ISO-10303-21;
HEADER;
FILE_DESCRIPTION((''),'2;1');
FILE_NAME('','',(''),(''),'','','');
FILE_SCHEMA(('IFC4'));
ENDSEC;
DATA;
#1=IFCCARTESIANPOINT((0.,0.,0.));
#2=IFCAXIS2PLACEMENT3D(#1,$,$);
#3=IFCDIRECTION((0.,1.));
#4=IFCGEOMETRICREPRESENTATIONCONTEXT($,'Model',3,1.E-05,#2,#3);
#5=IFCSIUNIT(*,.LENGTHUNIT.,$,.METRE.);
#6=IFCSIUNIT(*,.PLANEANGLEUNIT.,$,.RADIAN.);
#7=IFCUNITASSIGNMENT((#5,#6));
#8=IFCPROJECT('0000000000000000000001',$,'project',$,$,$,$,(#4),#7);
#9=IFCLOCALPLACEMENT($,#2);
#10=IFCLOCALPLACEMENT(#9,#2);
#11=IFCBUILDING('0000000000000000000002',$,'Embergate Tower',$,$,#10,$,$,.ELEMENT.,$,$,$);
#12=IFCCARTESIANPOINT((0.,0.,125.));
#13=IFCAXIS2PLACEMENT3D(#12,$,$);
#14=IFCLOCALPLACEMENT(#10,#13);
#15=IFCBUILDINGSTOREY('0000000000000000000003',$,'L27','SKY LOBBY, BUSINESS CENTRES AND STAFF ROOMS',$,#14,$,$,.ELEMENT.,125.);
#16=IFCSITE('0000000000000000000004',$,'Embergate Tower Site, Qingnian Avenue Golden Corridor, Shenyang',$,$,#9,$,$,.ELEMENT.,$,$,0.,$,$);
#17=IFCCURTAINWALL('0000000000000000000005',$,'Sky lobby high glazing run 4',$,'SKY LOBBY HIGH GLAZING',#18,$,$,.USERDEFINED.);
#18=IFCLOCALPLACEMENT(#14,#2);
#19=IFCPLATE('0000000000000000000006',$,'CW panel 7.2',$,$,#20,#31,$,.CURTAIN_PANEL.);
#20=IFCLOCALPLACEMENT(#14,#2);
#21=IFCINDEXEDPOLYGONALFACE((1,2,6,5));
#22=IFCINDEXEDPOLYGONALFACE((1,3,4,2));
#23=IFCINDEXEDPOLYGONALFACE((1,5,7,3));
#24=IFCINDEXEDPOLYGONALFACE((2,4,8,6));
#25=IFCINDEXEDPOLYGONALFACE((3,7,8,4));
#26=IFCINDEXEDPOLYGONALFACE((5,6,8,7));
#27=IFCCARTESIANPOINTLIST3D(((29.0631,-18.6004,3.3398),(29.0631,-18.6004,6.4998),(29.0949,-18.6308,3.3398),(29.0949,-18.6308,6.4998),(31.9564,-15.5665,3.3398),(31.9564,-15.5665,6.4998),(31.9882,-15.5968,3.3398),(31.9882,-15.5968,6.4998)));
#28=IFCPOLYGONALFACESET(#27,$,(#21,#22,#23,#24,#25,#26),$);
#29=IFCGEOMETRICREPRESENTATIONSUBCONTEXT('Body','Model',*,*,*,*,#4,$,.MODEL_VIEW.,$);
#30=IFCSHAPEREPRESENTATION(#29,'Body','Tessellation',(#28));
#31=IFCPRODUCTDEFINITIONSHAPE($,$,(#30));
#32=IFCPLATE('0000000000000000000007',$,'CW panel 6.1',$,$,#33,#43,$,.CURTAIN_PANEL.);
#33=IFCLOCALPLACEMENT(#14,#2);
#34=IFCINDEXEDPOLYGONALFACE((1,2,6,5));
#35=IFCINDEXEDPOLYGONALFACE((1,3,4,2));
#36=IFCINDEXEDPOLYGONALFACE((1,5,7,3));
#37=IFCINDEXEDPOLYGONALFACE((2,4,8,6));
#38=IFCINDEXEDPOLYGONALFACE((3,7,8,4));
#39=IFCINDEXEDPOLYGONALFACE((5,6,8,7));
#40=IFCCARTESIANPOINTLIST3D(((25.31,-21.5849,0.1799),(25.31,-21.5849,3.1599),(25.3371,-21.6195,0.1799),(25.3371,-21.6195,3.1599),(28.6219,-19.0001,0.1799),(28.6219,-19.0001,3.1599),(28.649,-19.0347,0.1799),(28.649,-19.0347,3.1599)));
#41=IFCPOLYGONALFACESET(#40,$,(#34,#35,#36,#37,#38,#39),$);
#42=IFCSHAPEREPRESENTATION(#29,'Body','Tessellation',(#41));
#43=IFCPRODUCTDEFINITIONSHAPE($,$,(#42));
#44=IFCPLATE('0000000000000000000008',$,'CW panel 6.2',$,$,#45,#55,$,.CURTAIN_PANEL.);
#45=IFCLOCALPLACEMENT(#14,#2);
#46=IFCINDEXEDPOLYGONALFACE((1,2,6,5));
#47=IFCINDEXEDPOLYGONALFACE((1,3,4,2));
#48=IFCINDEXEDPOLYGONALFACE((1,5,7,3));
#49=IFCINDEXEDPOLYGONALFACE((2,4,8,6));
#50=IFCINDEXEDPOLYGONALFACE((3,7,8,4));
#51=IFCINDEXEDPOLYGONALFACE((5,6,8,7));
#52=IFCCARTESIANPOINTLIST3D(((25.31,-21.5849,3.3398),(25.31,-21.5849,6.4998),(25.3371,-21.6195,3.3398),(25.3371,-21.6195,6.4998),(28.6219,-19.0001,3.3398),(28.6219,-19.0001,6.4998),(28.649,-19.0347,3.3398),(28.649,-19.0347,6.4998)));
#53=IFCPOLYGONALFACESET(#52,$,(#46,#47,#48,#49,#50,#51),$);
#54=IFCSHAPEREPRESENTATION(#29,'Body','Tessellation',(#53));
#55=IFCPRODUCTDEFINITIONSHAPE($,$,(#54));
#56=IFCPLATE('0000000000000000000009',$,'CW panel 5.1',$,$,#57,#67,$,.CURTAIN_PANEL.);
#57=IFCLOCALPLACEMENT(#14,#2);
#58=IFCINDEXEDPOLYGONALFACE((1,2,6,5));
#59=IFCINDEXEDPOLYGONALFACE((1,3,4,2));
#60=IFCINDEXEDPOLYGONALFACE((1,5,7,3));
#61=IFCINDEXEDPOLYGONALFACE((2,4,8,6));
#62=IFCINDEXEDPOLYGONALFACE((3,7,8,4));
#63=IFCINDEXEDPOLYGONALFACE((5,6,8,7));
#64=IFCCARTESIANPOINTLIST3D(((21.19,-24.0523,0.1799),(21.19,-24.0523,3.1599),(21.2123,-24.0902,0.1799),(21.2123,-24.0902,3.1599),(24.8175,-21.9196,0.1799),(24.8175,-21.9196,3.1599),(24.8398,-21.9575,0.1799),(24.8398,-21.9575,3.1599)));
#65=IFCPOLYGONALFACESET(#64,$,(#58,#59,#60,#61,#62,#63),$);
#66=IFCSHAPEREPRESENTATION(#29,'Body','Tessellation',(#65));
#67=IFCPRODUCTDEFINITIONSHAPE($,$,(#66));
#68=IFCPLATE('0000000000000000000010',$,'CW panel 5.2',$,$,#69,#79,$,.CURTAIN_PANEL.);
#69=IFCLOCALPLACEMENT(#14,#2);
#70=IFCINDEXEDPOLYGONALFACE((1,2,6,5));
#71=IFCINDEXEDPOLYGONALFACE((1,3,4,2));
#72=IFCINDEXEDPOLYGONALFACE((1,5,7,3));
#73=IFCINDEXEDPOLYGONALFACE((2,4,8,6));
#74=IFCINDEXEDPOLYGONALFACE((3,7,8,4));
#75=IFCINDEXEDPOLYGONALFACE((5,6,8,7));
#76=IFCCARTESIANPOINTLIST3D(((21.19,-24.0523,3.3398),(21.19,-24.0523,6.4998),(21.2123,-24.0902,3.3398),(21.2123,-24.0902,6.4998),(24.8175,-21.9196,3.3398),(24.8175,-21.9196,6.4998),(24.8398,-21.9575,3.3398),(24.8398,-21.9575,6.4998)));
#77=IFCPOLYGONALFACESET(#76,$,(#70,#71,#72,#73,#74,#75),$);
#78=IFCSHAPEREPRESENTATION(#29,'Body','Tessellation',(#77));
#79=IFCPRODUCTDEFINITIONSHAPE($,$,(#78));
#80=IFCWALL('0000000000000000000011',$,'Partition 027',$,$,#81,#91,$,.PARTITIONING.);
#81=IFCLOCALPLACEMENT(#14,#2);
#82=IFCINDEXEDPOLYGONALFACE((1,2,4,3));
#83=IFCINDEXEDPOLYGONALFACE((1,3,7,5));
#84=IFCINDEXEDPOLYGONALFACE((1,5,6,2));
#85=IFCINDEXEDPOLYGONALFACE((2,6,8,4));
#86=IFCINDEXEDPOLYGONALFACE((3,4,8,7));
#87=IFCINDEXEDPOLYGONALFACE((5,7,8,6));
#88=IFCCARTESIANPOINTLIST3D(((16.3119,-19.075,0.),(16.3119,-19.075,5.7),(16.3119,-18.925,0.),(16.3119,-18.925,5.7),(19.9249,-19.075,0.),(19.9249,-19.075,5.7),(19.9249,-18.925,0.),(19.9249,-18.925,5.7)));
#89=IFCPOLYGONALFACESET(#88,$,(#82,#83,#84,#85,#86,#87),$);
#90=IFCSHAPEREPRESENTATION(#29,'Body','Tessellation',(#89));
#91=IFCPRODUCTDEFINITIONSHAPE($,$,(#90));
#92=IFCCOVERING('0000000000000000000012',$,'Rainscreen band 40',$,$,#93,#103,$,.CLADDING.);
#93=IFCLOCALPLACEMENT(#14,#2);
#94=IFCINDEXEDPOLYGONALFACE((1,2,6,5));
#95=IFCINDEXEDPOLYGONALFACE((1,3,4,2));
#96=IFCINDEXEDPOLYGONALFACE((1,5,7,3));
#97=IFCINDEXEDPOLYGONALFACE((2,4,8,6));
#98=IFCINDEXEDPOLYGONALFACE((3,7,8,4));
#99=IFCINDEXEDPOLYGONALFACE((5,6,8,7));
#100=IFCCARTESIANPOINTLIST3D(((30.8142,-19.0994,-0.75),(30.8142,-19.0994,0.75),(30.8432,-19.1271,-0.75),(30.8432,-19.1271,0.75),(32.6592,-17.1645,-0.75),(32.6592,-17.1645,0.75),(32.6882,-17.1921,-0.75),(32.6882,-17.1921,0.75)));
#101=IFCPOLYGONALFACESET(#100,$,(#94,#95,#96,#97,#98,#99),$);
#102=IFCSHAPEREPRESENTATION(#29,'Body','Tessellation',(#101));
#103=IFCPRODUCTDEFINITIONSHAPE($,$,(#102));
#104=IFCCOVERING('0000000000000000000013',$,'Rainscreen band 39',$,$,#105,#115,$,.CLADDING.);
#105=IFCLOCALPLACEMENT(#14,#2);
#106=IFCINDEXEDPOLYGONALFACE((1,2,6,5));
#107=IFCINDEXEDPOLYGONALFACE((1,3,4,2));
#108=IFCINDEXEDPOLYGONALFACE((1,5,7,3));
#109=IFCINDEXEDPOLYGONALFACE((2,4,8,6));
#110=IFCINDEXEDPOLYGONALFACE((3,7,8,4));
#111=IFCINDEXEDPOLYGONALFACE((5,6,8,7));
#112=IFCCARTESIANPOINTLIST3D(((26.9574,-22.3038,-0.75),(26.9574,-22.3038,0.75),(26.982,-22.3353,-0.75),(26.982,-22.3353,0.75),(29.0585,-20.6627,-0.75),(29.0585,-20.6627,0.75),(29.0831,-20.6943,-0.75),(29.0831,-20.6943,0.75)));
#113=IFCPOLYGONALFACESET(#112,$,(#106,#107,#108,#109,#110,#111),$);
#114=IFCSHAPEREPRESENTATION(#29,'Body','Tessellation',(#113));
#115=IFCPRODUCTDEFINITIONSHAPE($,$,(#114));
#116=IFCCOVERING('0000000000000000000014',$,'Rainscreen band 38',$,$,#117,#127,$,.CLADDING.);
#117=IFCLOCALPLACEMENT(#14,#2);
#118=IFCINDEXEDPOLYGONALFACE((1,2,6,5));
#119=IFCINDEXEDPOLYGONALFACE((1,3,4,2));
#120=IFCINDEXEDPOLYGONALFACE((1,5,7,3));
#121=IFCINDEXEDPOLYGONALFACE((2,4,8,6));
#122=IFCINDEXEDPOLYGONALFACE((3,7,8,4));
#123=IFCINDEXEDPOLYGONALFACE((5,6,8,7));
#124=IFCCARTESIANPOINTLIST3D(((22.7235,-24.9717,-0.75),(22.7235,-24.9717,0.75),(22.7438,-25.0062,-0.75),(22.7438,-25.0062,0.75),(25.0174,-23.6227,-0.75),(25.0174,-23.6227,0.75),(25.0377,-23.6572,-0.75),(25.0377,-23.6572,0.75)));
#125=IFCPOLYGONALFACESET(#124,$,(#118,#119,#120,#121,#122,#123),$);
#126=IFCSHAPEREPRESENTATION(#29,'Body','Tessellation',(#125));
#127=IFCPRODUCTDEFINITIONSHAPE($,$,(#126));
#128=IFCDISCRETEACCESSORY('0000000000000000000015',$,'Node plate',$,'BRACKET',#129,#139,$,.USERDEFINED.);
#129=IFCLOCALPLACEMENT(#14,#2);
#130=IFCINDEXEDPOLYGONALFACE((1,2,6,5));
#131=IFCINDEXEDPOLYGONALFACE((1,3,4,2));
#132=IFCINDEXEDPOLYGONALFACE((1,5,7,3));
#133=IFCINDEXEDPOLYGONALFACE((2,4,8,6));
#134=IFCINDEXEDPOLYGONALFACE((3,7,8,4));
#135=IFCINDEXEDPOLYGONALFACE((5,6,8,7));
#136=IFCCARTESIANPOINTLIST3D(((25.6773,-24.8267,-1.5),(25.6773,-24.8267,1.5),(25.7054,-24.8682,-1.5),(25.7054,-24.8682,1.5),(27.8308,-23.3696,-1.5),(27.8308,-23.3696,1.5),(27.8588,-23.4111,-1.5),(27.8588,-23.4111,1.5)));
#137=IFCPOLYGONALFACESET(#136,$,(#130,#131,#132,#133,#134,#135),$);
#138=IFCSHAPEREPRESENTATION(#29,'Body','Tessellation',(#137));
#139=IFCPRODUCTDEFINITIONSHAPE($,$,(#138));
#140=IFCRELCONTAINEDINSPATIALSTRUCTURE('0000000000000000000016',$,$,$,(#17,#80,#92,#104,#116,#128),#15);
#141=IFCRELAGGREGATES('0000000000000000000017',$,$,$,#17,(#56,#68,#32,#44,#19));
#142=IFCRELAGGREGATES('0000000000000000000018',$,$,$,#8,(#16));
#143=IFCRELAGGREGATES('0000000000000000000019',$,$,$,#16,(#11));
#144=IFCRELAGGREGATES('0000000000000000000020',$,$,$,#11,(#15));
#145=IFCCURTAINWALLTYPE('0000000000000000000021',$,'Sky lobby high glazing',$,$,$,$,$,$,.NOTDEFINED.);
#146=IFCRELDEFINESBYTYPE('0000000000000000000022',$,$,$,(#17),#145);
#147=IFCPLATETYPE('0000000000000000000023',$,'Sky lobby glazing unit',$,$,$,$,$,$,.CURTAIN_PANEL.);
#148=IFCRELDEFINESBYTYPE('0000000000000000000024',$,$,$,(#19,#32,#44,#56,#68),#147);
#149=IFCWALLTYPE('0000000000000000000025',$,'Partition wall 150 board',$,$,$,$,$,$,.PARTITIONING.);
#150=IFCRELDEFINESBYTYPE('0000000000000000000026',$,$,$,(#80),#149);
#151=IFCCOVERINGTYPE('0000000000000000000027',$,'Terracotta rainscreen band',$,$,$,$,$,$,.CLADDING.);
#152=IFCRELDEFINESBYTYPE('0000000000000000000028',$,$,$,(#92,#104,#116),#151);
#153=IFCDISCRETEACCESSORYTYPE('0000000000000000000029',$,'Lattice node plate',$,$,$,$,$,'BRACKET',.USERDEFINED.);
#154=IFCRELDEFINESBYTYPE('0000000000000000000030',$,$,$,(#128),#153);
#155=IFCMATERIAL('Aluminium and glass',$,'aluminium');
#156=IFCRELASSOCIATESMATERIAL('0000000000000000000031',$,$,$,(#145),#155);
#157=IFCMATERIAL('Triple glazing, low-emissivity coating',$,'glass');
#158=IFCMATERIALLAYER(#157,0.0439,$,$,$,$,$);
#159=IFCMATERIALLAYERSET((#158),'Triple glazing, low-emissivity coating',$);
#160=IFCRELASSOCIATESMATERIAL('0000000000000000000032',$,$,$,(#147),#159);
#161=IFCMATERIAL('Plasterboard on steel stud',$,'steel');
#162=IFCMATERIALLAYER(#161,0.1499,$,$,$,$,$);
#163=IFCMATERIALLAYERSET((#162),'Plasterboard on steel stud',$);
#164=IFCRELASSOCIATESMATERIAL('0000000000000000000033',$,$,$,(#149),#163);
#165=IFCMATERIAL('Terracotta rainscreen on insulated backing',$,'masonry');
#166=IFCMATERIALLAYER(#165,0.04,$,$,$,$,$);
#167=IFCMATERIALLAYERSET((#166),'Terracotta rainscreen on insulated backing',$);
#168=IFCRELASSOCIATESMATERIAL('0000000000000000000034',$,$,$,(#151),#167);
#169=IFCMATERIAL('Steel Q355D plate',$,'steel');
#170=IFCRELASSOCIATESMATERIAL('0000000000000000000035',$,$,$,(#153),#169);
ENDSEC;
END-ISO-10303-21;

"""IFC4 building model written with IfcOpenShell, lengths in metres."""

from ifc_helpers import new_model, si_unit, direction, frame, frame_2d, origin, origin_2d, place, context, subcontext, project, spatial, rectangle, extrude, source, transform, mapped, material, layer, layer_set, type_object, element, aggregate, save


model = new_model("IFC4")

# Units and contexts
model_context = context("Model", 3, precision=1e-05, world=origin(), true_north=direction((0.0, 1.0)))
body_context = subcontext(model_context, "Body", "Model", "MODEL_VIEW")
ifc_project = project(units=[si_unit("LENGTHUNIT", "METRE"), si_unit("PLANEANGLEUNIT", "RADIAN")], contexts=[model_context])

# Site, building, storey
site_placement = place(None, origin())
site = spatial("IfcSite", under=ifc_project, at=site_placement, Name="Embergate Tower Site, Qingnian Avenue Golden Corridor, Shenyang", CompositionType="ELEMENT", RefElevation=0.0)
building_placement = place(site_placement, origin())
building = spatial("IfcBuilding", under=site, at=building_placement, Name="Embergate Tower", CompositionType="ELEMENT")
storey_placement = place(building_placement, frame((0.0, 0.0, 125.0)))
storey = spatial("IfcBuildingStorey", under=building, at=storey_placement, Name="L27", Description="SKY LOBBY, BUSINESS CENTRES AND STAFF ROOMS", CompositionType="ELEMENT", Elevation=125.0)

# Curtain wall, plates
ifc_material_1 = material(Name="Aluminium and glass", Category="aluminium")
curtain_wall_type = type_object("IfcCurtainWallType", Name="Sky lobby high glazing", PredefinedType="NOTDEFINED", material=ifc_material_1)
curtain_wall_placement = place(storey_placement, origin())
curtain_wall = element("IfcCurtainWall", 1, at=curtain_wall_placement, inside=storey, type_object=curtain_wall_type, Name="Sky lobby high glazing run 4", ObjectType="SKY LOBBY HIGH GLAZING", PredefinedType="USERDEFINED")
ifc_material_2 = material(Name="Triple glazing, low-emissivity coating", Category="glass")
ifc_layer_1 = layer(ifc_material_2, 0.0439)
ifc_layer_set_1 = layer_set([ifc_layer_1], Name="Triple glazing, low-emissivity coating")
plate_type = type_object("IfcPlateType", Name="Sky lobby glazing unit", PredefinedType="CURTAIN_PANEL", material=ifc_layer_set_1)
shared_shape_1 = source(origin(), body_context, "Body", "SweptSolid", [
    extrude(rectangle(XDim=4.1924, YDim=0.0439, at=origin_2d()), origin(), (0.0, 0.0, 1.0), 3.1599),
])
plate_1_placement = place(storey_placement, frame((30.5256, -17.0986, 3.3398), z_axis=(0.0, 0.0, 1.0), x_axis=(0.690139, 0.723677, 0.0)))
plate_1 = element("IfcPlate", 2, at=plate_1_placement, type_object=plate_type, Name="CW panel 7.2", PredefinedType="CURTAIN_PANEL", context=body_context, shape_type="MappedRepresentation", body=[
    mapped(shared_shape_1, transform((0.0, 0.0, 0.0))),
])
shared_shape_2 = source(origin(), body_context, "Body", "SweptSolid", [
    extrude(rectangle(XDim=4.2012, YDim=0.0439, at=origin_2d()), origin(), (0.0, 0.0, 1.0), 2.98),
])
plate_2_placement = place(storey_placement, frame((26.9795, -20.3098, 0.1799), z_axis=(0.0, 0.0, 1.0), x_axis=(0.788323, 0.615261, 0.0)))
plate_2 = element("IfcPlate", 3, at=plate_2_placement, type_object=plate_type, Name="CW panel 6.1", PredefinedType="CURTAIN_PANEL", context=body_context, shape_type="MappedRepresentation", body=[
    mapped(shared_shape_2, transform((0.0, 0.0, 0.0))),
])
shared_shape_3 = source(origin(), body_context, "Body", "SweptSolid", [
    extrude(rectangle(XDim=4.2012, YDim=0.0439, at=origin_2d()), origin(), (0.0, 0.0, 1.0), 3.1599),
])
plate_3_placement = place(storey_placement, frame((26.9795, -20.3098, 3.3398), z_axis=(0.0, 0.0, 1.0), x_axis=(0.788323, 0.615261, 0.0)))
plate_3 = element("IfcPlate", 4, at=plate_3_placement, type_object=plate_type, Name="CW panel 6.2", PredefinedType="CURTAIN_PANEL", context=body_context, shape_type="MappedRepresentation", body=[
    mapped(shared_shape_3, transform((0.0, 0.0, 0.0))),
])
shared_shape_4 = source(origin(), body_context, "Body", "SweptSolid", [
    extrude(rectangle(XDim=4.208, YDim=0.0439, at=origin_2d()), origin(), (0.0, 0.0, 1.0), 2.98),
])
plate_4_placement = place(storey_placement, frame((23.0149, -23.0049, 0.1799), z_axis=(0.0, 0.0, 1.0), x_axis=(0.862055, 0.506815, 0.0)))
plate_4 = element("IfcPlate", 5, at=plate_4_placement, type_object=plate_type, Name="CW panel 5.1", PredefinedType="CURTAIN_PANEL", context=body_context, shape_type="MappedRepresentation", body=[
    mapped(shared_shape_4, transform((0.0, 0.0, 0.0))),
])
shared_shape_5 = source(origin(), body_context, "Body", "SweptSolid", [
    extrude(rectangle(XDim=4.208, YDim=0.0439, at=origin_2d()), origin(), (0.0, 0.0, 1.0), 3.1599),
])
plate_5_placement = place(storey_placement, frame((23.0149, -23.0049, 3.3398), z_axis=(0.0, 0.0, 1.0), x_axis=(0.862055, 0.506815, 0.0)))
plate_5 = element("IfcPlate", 6, at=plate_5_placement, type_object=plate_type, Name="CW panel 5.2", PredefinedType="CURTAIN_PANEL", context=body_context, shape_type="MappedRepresentation", body=[
    mapped(shared_shape_5, transform((0.0, 0.0, 0.0))),
])
aggregate(curtain_wall, [plate_4, plate_5, plate_2, plate_3, plate_1])

# Wall
ifc_material_3 = material(Name="Plasterboard on steel stud", Category="steel")
ifc_layer_2 = layer(ifc_material_3, 0.1499)
ifc_layer_set_2 = layer_set([ifc_layer_2], Name="Plasterboard on steel stud")
wall_type = type_object("IfcWallType", Name="Partition wall 150 board", PredefinedType="PARTITIONING", material=ifc_layer_set_2)
shared_shape_6 = source(origin(), body_context, "Body", "SweptSolid", [
    extrude(rectangle(XDim=3.613, YDim=0.1499, at=frame_2d((1.8066, 0.0))), origin(), (0.0, 0.0, 1.0), 5.7),
])
wall_placement = place(storey_placement, frame((19.925, -19.0, 0.0), z_axis=(0.0, 0.0, 1.0), x_axis=(-1.0, 0.0, 0.0)))
element("IfcWall", 7, at=wall_placement, inside=storey, type_object=wall_type, Name="Partition 027", PredefinedType="PARTITIONING", context=body_context, shape_type="MappedRepresentation", body=[
    mapped(shared_shape_6, transform((0.0, 0.0, 0.0))),
])

# Coverings
ifc_material_4 = material(Name="Terracotta rainscreen on insulated backing", Category="masonry")
ifc_layer_3 = layer(ifc_material_4, 0.04)
ifc_layer_set_3 = layer_set([ifc_layer_3], Name="Terracotta rainscreen on insulated backing")
covering_type = type_object("IfcCoveringType", Name="Terracotta rainscreen band", PredefinedType="CLADDING", material=ifc_layer_set_3)
shared_shape_7 = source(origin(), body_context, "Body", "SweptSolid", [
    extrude(rectangle(XDim=2.6736, YDim=0.04, at=origin_2d()), origin(), (0.0, 0.0, 1.0), 1.5),
])
covering_1_placement = place(storey_placement, frame((31.7512, -18.1458, -0.75), z_axis=(0.0, 0.0, 1.0), x_axis=(0.690076, 0.723737, 0.0)))
element("IfcCovering", 8, at=covering_1_placement, inside=storey, type_object=covering_type, Name="Rainscreen band 40", PredefinedType="CLADDING", context=body_context, shape_type="MappedRepresentation", body=[
    mapped(shared_shape_7, transform((0.0, 0.0, 0.0))),
])
shared_shape_8 = source(origin(), body_context, "Body", "SweptSolid", [
    extrude(rectangle(XDim=2.666, YDim=0.04, at=origin_2d()), origin(), (0.0, 0.0, 1.0), 1.5),
])
covering_2_placement = place(storey_placement, frame((28.0203, -21.499, -0.75), z_axis=(0.0, 0.0, 1.0), x_axis=(0.788098, 0.61555, 0.0)))
element("IfcCovering", 9, at=covering_2_placement, inside=storey, type_object=covering_type, Name="Rainscreen band 39", PredefinedType="CLADDING", context=body_context, shape_type="MappedRepresentation", body=[
    mapped(shared_shape_8, transform((0.0, 0.0, 0.0))),
])
shared_shape_9 = source(origin(), body_context, "Body", "SweptSolid", [
    extrude(rectangle(XDim=2.6611, YDim=0.04, at=origin_2d()), origin(), (0.0, 0.0, 1.0), 1.5),
])
covering_3_placement = place(storey_placement, frame((23.8806, -24.3145, -0.75), z_axis=(0.0, 0.0, 1.0), x_axis=(0.862002, 0.506905, 0.0)))
element("IfcCovering", 10, at=covering_3_placement, inside=storey, type_object=covering_type, Name="Rainscreen band 38", PredefinedType="CLADDING", context=body_context, shape_type="MappedRepresentation", body=[
    mapped(shared_shape_9, transform((0.0, 0.0, 0.0))),
])

# Discrete accessory
ifc_material_5 = material(Name="Steel Q355D plate", Category="steel")
discrete_accessory_type = type_object("IfcDiscreteAccessoryType", Name="Lattice node plate", ElementType="BRACKET", PredefinedType="USERDEFINED", material=ifc_material_5)
shared_shape_10 = source(origin(), body_context, "Body", "SweptSolid", [
    extrude(rectangle(XDim=2.6001, YDim=0.05, at=origin_2d()), origin(), (0.0, 0.0, 1.0), 3.0),
])
discrete_accessory_placement = place(storey_placement, frame((26.7681, -24.1189, -1.5), z_axis=(0.0, 0.0, 1.0), x_axis=(0.828227, 0.560393, 0.0)))
element("IfcDiscreteAccessory", 11, at=discrete_accessory_placement, inside=storey, type_object=discrete_accessory_type, Name="Node plate", ObjectType="BRACKET", PredefinedType="USERDEFINED", context=body_context, shape_type="MappedRepresentation", body=[
    mapped(shared_shape_10, transform((0.0, 0.0, 0.0))),
])

save(model, "model.ifc")
